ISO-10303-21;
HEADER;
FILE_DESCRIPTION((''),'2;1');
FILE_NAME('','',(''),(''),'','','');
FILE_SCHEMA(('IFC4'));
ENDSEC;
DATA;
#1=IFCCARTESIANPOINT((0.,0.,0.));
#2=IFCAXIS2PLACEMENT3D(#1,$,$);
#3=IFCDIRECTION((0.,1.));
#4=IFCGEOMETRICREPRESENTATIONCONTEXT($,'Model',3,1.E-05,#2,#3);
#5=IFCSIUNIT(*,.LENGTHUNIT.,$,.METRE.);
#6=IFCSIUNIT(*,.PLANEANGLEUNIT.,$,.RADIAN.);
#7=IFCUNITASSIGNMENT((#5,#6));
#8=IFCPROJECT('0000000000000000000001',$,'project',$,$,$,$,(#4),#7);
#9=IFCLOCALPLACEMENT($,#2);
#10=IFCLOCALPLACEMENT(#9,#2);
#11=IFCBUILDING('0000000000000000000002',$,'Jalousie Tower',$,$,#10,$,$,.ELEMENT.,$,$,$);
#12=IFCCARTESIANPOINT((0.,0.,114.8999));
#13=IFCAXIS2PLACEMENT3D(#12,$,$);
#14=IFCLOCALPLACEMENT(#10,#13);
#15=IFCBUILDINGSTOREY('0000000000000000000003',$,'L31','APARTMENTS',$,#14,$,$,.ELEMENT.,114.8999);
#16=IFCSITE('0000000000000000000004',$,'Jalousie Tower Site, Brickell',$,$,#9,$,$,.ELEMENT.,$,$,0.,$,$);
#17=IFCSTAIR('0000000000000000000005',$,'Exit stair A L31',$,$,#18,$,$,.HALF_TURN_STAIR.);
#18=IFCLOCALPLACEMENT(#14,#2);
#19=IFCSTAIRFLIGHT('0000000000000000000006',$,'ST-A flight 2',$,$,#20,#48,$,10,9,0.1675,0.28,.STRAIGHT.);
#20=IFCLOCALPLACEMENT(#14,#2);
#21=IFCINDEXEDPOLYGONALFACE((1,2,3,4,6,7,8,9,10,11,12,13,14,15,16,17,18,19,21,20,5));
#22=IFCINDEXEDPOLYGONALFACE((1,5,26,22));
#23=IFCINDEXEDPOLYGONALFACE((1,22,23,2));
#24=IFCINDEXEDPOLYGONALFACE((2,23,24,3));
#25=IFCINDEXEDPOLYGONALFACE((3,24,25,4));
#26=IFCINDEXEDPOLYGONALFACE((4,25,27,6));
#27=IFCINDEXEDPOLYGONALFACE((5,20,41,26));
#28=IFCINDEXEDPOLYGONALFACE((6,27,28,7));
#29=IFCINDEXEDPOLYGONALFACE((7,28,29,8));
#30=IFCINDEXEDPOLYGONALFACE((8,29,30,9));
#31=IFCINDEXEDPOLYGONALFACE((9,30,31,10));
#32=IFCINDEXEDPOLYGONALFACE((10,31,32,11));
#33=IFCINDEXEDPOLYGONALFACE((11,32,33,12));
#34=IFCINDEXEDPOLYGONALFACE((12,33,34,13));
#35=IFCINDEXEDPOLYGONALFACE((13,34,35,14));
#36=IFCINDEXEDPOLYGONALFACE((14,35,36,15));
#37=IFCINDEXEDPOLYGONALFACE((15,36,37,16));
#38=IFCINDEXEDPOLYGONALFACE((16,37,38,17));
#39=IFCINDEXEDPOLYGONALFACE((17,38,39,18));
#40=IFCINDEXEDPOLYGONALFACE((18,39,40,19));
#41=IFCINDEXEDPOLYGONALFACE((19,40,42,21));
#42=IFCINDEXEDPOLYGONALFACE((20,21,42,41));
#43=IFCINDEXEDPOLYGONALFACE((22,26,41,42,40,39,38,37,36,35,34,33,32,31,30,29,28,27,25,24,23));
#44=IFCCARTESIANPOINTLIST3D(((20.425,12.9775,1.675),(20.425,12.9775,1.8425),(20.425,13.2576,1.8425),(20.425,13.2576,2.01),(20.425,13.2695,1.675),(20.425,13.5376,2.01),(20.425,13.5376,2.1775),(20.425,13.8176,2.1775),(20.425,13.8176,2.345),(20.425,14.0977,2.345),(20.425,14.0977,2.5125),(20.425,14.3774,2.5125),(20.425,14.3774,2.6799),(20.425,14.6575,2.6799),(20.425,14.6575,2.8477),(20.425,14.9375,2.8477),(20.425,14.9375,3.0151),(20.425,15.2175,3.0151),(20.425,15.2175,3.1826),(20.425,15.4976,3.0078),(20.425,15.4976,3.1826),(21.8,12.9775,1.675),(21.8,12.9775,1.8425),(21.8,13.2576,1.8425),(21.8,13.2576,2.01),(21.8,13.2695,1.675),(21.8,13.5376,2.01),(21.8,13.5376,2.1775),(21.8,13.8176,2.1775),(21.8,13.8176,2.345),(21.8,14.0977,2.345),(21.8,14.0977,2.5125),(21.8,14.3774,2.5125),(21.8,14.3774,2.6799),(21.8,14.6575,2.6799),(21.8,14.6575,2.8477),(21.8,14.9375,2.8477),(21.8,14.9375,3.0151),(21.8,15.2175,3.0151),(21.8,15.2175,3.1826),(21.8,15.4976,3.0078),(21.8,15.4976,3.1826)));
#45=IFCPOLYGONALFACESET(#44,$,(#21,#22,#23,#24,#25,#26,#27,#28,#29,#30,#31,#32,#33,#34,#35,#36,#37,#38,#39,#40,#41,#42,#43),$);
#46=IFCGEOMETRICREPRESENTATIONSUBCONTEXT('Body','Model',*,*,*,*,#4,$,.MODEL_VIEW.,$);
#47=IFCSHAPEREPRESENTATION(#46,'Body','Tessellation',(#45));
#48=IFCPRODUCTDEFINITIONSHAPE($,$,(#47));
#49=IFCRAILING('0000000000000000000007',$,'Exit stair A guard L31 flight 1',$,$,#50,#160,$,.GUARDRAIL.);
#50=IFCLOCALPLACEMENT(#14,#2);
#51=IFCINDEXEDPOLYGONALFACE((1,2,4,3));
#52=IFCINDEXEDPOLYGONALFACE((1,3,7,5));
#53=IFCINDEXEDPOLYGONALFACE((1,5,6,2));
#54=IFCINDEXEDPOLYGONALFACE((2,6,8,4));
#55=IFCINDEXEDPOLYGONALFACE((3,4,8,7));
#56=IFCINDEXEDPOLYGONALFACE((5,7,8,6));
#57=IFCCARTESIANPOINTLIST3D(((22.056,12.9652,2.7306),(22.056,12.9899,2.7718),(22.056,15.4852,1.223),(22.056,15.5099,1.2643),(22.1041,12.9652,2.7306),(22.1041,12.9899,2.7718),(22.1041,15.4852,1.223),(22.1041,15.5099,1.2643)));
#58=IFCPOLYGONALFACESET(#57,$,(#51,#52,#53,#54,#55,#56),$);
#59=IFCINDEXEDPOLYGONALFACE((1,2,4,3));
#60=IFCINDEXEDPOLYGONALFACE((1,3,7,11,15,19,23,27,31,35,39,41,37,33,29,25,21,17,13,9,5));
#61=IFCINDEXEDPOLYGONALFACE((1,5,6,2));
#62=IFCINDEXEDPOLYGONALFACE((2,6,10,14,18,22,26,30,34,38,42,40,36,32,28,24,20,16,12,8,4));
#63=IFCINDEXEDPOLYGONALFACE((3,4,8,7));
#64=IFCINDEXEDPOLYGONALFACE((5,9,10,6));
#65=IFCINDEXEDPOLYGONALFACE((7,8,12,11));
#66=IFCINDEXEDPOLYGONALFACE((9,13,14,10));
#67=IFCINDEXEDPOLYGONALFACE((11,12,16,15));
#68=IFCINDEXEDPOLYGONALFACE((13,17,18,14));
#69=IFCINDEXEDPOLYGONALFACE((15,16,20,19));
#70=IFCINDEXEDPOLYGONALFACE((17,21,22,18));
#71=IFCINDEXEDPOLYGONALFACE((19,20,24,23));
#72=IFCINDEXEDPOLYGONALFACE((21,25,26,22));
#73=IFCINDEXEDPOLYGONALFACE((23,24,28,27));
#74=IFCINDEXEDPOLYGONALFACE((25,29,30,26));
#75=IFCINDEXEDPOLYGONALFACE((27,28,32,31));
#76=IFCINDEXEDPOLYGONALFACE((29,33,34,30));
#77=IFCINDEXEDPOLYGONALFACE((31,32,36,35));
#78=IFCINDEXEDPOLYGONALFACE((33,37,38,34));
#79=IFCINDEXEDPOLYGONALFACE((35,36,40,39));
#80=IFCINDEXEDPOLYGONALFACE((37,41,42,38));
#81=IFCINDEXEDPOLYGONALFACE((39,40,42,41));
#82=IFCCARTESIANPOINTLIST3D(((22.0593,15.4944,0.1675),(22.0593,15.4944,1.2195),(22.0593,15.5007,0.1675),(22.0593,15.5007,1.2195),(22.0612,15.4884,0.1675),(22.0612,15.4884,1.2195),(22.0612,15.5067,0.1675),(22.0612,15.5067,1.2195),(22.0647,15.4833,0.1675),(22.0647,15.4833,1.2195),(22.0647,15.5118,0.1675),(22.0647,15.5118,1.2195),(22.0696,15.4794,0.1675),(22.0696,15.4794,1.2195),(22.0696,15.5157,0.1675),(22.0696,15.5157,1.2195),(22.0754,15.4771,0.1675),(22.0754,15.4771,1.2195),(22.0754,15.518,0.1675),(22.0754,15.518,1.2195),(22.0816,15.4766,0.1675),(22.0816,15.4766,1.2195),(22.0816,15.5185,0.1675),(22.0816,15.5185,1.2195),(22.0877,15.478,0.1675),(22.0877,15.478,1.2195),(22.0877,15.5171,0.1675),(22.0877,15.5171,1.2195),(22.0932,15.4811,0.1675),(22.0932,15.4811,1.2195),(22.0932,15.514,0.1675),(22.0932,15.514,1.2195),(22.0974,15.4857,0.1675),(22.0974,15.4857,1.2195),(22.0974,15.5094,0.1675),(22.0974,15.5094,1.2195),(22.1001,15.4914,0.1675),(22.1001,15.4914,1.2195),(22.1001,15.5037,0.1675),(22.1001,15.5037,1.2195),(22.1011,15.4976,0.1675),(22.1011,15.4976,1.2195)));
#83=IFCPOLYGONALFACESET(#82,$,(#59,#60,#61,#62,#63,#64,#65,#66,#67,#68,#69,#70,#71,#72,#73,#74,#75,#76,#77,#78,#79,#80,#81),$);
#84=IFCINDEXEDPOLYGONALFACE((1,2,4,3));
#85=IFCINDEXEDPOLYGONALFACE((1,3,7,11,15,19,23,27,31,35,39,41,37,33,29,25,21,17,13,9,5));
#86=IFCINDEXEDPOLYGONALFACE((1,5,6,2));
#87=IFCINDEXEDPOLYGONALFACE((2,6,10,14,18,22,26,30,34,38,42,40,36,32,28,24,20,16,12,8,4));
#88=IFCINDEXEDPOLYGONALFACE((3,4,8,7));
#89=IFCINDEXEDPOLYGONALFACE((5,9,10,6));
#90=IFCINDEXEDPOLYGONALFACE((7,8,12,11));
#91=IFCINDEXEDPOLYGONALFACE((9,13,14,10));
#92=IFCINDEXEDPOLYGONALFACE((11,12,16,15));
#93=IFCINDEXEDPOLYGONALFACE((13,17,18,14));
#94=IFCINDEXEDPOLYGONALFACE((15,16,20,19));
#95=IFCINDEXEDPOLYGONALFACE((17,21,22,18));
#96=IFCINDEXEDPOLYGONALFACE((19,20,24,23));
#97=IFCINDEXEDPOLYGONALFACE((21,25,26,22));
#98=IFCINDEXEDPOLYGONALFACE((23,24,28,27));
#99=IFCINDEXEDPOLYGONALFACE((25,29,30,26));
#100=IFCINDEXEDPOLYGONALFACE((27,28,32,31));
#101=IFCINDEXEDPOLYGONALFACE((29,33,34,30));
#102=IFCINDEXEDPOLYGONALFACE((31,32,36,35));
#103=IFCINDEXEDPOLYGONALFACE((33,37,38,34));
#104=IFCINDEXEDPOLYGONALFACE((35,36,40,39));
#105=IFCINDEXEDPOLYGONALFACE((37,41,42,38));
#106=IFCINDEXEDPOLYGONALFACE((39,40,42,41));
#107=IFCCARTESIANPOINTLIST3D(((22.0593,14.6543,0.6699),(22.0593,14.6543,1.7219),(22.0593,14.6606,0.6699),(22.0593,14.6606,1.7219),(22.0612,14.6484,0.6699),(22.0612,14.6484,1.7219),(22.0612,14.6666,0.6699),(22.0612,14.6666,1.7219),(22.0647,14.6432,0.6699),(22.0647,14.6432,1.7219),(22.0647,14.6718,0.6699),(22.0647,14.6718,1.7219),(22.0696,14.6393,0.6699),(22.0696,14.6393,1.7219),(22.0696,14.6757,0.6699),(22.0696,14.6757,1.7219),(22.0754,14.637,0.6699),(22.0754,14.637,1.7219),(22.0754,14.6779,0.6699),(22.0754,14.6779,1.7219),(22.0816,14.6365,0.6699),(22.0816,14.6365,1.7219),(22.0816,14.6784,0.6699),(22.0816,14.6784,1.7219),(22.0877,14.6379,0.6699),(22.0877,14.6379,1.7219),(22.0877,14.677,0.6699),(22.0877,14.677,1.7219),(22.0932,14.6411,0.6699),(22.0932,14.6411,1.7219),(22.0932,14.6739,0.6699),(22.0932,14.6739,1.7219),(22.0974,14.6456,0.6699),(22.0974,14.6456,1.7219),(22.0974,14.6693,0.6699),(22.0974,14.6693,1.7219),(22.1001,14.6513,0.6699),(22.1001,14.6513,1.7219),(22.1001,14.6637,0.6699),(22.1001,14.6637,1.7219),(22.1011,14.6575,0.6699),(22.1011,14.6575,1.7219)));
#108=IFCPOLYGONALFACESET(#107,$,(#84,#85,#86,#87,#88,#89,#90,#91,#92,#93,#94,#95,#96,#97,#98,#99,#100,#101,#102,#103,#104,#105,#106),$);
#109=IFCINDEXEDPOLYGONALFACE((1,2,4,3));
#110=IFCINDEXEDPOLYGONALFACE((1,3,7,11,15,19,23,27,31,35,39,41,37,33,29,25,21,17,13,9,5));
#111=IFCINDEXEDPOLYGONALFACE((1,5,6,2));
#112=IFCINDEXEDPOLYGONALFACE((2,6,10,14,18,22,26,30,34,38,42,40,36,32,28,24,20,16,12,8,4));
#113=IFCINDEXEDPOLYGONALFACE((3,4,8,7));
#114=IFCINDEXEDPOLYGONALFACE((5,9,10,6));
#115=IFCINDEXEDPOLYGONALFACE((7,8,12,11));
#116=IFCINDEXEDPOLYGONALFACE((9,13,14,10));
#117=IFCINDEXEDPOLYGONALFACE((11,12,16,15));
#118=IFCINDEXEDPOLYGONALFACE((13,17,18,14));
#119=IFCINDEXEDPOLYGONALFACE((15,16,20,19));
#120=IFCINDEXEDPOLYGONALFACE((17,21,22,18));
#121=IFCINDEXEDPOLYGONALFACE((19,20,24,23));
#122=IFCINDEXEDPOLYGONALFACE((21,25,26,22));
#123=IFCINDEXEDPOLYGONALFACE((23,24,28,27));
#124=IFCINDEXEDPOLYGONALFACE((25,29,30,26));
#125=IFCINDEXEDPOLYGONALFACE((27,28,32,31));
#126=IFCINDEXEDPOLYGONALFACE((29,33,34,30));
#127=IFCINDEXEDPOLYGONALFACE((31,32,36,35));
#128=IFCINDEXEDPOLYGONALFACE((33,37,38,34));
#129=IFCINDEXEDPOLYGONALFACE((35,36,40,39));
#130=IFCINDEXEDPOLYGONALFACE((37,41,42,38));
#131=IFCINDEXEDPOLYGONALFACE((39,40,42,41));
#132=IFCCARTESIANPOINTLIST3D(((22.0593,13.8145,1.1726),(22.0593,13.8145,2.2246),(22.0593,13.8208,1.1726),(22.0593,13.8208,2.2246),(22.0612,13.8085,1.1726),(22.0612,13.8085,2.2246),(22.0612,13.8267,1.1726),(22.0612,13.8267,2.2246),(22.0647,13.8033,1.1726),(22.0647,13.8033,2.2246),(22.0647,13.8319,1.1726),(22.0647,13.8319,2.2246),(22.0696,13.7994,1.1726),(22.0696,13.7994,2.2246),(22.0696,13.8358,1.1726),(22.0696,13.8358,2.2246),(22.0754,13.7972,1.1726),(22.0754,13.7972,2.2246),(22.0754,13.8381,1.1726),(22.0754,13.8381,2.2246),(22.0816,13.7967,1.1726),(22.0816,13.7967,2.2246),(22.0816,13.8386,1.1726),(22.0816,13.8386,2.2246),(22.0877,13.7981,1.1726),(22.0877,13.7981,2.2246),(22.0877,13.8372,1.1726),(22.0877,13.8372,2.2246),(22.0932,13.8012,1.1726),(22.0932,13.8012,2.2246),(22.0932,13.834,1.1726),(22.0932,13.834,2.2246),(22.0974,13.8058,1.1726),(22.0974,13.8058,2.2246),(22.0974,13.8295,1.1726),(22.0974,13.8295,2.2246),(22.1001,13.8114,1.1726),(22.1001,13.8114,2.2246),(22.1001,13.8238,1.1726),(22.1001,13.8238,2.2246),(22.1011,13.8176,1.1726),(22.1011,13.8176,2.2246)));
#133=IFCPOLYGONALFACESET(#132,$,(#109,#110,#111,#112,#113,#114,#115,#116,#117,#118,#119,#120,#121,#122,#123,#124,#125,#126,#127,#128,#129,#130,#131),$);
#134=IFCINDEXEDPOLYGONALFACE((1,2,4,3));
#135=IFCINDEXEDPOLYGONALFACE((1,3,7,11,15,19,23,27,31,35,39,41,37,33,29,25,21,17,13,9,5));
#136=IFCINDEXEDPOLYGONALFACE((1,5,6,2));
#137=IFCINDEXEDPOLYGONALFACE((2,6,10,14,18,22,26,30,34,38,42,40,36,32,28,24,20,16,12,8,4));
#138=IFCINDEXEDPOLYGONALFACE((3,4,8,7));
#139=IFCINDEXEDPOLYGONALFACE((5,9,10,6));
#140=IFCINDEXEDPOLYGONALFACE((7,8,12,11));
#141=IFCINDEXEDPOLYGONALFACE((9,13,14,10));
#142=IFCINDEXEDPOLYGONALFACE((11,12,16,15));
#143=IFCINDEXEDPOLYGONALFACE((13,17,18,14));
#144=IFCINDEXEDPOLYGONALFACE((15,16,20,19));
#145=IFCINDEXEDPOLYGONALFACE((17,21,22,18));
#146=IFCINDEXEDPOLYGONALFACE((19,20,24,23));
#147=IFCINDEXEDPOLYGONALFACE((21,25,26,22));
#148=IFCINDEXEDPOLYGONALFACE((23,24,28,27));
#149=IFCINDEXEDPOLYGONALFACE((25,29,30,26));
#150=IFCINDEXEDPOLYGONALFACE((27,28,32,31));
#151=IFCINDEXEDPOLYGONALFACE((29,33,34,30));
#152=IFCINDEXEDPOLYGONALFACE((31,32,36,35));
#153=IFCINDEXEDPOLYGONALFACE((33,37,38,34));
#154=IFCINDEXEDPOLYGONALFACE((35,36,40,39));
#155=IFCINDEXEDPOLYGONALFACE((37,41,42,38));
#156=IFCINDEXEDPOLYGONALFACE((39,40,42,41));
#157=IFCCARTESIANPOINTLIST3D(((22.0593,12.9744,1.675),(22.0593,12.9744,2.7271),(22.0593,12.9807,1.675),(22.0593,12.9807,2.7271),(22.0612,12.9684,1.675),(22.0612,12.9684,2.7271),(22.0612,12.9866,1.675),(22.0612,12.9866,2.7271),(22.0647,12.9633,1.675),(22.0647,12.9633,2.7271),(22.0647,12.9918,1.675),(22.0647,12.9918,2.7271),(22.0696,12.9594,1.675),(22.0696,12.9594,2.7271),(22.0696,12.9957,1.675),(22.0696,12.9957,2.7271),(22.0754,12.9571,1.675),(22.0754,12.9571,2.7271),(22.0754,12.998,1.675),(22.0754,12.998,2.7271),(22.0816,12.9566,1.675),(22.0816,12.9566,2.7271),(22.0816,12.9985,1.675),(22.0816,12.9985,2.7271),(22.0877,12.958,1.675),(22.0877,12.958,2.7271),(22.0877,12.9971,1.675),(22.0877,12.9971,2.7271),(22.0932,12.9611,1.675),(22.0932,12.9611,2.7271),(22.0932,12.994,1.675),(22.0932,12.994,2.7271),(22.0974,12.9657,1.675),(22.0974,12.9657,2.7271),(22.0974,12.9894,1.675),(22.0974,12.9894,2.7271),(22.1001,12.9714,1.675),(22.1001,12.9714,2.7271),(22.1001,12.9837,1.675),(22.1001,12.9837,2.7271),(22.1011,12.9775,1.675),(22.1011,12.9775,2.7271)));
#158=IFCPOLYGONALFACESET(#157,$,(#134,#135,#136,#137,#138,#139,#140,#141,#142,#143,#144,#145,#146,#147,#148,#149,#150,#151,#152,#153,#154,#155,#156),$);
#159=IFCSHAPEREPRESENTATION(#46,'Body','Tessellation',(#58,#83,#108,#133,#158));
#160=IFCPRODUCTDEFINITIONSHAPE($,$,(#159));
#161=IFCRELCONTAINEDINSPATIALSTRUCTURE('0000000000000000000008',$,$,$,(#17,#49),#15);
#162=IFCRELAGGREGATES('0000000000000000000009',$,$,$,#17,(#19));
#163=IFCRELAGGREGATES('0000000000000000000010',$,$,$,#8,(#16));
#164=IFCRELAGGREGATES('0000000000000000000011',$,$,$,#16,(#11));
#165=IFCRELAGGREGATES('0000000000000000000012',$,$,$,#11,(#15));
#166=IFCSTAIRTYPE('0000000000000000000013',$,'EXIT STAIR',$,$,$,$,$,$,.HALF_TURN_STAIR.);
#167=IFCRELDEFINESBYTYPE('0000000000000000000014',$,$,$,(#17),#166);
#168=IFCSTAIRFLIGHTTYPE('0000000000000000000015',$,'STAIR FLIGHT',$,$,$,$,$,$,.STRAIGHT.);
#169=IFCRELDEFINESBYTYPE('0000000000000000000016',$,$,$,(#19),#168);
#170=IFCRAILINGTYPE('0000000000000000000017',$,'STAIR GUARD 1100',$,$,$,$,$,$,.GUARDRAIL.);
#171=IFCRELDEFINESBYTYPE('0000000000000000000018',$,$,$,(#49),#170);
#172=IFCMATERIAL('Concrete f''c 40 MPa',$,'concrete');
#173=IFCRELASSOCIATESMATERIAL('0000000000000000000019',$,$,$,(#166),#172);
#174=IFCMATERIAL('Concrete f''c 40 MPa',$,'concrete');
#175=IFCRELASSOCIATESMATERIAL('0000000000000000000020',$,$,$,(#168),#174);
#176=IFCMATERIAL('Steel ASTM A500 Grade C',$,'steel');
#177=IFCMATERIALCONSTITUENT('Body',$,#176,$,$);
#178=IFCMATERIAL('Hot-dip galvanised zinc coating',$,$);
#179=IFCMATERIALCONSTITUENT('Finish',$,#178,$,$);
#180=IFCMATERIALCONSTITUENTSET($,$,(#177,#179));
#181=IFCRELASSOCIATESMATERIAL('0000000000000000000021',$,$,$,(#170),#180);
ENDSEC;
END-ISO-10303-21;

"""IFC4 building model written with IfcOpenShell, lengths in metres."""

from ifc_helpers import new_model, si_unit, direction, frame, origin, origin_2d, place, context, subcontext, project, spatial, polyline, rectangle, circle, outline, extrude, material, constituent, constituent_set, type_object, element, aggregate, save


model = new_model("IFC4")

# Units and contexts
model_context = context("Model", 3, precision=1e-05, world=origin(), true_north=direction((0.0, 1.0)))
body_context = subcontext(model_context, "Body", "Model", "MODEL_VIEW")
ifc_project = project(units=[si_unit("LENGTHUNIT", "METRE"), si_unit("PLANEANGLEUNIT", "RADIAN")], contexts=[model_context])

# Site, building, storey
site_placement = place(None, origin())
site = spatial("IfcSite", under=ifc_project, at=site_placement, Name="Jalousie Tower Site, Brickell", CompositionType="ELEMENT", RefElevation=0.0)
building_placement = place(site_placement, origin())
building = spatial("IfcBuilding", under=site, at=building_placement, Name="Jalousie Tower", CompositionType="ELEMENT")
storey_placement = place(building_placement, frame((0.0, 0.0, 114.8999)))
storey = spatial("IfcBuildingStorey", under=building, at=storey_placement, Name="L31", Description="APARTMENTS", CompositionType="ELEMENT", Elevation=114.8999)

# Stair, stair flight
ifc_material_1 = material(Name="Concrete f'c 40 MPa", Category="concrete")
stair_type = type_object("IfcStairType", Name="EXIT STAIR", PredefinedType="HALF_TURN_STAIR", material=ifc_material_1)
stair_placement = place(storey_placement, origin())
stair = element("IfcStair", 1, at=stair_placement, inside=storey, type_object=stair_type, Name="Exit stair A L31", PredefinedType="HALF_TURN_STAIR")
ifc_material_2 = material(Name="Concrete f'c 40 MPa", Category="concrete")
stair_flight_type = type_object("IfcStairFlightType", Name="STAIR FLIGHT", PredefinedType="STRAIGHT", material=ifc_material_2)
stair_flight_1_placement = place(storey_placement, frame((21.1125, 12.9775, 1.675), z_axis=(0.0, 0.0, 1.0), x_axis=(0.0, 1.0, 0.0)))
stair_flight_1 = element("IfcStairFlight", 2, at=stair_flight_1_placement, type_object=stair_flight_type, Name="ST-A flight 2", NumberOfRisers=10, NumberOfTreads=9, PredefinedType="STRAIGHT", RiserHeight=0.1675, TreadLength=0.28, context=body_context, shape_type="SweptSolid", body=[
    extrude(outline(polyline([(0.0, 0.0), (0.0, 0.1675), (0.28, 0.1675), (0.28, 0.335), (0.5601, 0.335), (0.5601, 0.5024), (0.8401, 0.5024), (0.8401, 0.6699), (1.1201, 0.6699), (1.1201, 0.8374), (1.3999, 0.8374), (1.3999, 1.0049), (1.6799, 1.0049), (1.6799, 1.1726), (1.96, 1.1726), (1.96, 1.3401), (2.24, 1.3401), (2.24, 1.5076), (2.52, 1.5076), (2.52, 1.675), (2.52, 1.3328), (0.292, 0.0), (0.0, 0.0)])), frame((0.0, 0.6875, 0.0), z_axis=(0.0, -1.0, 0.0), x_axis=(1.0, 0.0, 0.0)), (0.0, 0.0, 1.0), 1.375),
])
aggregate(stair, [stair_flight_1])

# Railing
ifc_material_3 = material(Name="Steel ASTM A500 Grade C", Category="steel")
ifc_constituent_1 = constituent(ifc_material_3, Name="Body")
ifc_material_4 = material(Name="Hot-dip galvanised zinc coating")
ifc_constituent_2 = constituent(ifc_material_4, Name="Finish")
ifc_constituent_set_1 = constituent_set(constituents=[ifc_constituent_1, ifc_constituent_2])
railing_type_1 = type_object("IfcRailingType", Name="STAIR GUARD 1100", PredefinedType="GUARDRAIL", material=ifc_constituent_set_1)
railing_1_placement = place(storey_placement, frame((22.0801, 15.4976, 0.1675)))
element("IfcRailing", 3, at=railing_1_placement, inside=storey, type_object=railing_type_1, Name="Exit stair A guard L31 flight 1", PredefinedType="GUARDRAIL", context=body_context, shape_type="SweptSolid", body=[
    extrude(rectangle(XDim=0.0481, YDim=0.0481, at=origin_2d()), frame((0.0, 0.0, 1.0762), z_axis=(0.0, -0.85816, 0.513383), x_axis=(1.0, 0.0, 0.0)), (0.0, 0.0, 1.0), 2.9365),
    extrude(circle(Radius=0.021, at=origin_2d()), origin(), (0.0, 0.0, 1.0), 1.052),
    extrude(circle(Radius=0.021, at=origin_2d()), frame((0.0, -0.8401, 0.5024)), (0.0, 0.0, 1.0), 1.052),
    extrude(circle(Radius=0.021, at=origin_2d()), frame((0.0, -1.6799, 1.0051)), (0.0, 0.0, 1.0), 1.052),
    extrude(circle(Radius=0.021, at=origin_2d()), frame((0.0, -2.52, 1.5076)), (0.0, 0.0, 1.0), 1.052),
])

save(model, "model.ifc")
